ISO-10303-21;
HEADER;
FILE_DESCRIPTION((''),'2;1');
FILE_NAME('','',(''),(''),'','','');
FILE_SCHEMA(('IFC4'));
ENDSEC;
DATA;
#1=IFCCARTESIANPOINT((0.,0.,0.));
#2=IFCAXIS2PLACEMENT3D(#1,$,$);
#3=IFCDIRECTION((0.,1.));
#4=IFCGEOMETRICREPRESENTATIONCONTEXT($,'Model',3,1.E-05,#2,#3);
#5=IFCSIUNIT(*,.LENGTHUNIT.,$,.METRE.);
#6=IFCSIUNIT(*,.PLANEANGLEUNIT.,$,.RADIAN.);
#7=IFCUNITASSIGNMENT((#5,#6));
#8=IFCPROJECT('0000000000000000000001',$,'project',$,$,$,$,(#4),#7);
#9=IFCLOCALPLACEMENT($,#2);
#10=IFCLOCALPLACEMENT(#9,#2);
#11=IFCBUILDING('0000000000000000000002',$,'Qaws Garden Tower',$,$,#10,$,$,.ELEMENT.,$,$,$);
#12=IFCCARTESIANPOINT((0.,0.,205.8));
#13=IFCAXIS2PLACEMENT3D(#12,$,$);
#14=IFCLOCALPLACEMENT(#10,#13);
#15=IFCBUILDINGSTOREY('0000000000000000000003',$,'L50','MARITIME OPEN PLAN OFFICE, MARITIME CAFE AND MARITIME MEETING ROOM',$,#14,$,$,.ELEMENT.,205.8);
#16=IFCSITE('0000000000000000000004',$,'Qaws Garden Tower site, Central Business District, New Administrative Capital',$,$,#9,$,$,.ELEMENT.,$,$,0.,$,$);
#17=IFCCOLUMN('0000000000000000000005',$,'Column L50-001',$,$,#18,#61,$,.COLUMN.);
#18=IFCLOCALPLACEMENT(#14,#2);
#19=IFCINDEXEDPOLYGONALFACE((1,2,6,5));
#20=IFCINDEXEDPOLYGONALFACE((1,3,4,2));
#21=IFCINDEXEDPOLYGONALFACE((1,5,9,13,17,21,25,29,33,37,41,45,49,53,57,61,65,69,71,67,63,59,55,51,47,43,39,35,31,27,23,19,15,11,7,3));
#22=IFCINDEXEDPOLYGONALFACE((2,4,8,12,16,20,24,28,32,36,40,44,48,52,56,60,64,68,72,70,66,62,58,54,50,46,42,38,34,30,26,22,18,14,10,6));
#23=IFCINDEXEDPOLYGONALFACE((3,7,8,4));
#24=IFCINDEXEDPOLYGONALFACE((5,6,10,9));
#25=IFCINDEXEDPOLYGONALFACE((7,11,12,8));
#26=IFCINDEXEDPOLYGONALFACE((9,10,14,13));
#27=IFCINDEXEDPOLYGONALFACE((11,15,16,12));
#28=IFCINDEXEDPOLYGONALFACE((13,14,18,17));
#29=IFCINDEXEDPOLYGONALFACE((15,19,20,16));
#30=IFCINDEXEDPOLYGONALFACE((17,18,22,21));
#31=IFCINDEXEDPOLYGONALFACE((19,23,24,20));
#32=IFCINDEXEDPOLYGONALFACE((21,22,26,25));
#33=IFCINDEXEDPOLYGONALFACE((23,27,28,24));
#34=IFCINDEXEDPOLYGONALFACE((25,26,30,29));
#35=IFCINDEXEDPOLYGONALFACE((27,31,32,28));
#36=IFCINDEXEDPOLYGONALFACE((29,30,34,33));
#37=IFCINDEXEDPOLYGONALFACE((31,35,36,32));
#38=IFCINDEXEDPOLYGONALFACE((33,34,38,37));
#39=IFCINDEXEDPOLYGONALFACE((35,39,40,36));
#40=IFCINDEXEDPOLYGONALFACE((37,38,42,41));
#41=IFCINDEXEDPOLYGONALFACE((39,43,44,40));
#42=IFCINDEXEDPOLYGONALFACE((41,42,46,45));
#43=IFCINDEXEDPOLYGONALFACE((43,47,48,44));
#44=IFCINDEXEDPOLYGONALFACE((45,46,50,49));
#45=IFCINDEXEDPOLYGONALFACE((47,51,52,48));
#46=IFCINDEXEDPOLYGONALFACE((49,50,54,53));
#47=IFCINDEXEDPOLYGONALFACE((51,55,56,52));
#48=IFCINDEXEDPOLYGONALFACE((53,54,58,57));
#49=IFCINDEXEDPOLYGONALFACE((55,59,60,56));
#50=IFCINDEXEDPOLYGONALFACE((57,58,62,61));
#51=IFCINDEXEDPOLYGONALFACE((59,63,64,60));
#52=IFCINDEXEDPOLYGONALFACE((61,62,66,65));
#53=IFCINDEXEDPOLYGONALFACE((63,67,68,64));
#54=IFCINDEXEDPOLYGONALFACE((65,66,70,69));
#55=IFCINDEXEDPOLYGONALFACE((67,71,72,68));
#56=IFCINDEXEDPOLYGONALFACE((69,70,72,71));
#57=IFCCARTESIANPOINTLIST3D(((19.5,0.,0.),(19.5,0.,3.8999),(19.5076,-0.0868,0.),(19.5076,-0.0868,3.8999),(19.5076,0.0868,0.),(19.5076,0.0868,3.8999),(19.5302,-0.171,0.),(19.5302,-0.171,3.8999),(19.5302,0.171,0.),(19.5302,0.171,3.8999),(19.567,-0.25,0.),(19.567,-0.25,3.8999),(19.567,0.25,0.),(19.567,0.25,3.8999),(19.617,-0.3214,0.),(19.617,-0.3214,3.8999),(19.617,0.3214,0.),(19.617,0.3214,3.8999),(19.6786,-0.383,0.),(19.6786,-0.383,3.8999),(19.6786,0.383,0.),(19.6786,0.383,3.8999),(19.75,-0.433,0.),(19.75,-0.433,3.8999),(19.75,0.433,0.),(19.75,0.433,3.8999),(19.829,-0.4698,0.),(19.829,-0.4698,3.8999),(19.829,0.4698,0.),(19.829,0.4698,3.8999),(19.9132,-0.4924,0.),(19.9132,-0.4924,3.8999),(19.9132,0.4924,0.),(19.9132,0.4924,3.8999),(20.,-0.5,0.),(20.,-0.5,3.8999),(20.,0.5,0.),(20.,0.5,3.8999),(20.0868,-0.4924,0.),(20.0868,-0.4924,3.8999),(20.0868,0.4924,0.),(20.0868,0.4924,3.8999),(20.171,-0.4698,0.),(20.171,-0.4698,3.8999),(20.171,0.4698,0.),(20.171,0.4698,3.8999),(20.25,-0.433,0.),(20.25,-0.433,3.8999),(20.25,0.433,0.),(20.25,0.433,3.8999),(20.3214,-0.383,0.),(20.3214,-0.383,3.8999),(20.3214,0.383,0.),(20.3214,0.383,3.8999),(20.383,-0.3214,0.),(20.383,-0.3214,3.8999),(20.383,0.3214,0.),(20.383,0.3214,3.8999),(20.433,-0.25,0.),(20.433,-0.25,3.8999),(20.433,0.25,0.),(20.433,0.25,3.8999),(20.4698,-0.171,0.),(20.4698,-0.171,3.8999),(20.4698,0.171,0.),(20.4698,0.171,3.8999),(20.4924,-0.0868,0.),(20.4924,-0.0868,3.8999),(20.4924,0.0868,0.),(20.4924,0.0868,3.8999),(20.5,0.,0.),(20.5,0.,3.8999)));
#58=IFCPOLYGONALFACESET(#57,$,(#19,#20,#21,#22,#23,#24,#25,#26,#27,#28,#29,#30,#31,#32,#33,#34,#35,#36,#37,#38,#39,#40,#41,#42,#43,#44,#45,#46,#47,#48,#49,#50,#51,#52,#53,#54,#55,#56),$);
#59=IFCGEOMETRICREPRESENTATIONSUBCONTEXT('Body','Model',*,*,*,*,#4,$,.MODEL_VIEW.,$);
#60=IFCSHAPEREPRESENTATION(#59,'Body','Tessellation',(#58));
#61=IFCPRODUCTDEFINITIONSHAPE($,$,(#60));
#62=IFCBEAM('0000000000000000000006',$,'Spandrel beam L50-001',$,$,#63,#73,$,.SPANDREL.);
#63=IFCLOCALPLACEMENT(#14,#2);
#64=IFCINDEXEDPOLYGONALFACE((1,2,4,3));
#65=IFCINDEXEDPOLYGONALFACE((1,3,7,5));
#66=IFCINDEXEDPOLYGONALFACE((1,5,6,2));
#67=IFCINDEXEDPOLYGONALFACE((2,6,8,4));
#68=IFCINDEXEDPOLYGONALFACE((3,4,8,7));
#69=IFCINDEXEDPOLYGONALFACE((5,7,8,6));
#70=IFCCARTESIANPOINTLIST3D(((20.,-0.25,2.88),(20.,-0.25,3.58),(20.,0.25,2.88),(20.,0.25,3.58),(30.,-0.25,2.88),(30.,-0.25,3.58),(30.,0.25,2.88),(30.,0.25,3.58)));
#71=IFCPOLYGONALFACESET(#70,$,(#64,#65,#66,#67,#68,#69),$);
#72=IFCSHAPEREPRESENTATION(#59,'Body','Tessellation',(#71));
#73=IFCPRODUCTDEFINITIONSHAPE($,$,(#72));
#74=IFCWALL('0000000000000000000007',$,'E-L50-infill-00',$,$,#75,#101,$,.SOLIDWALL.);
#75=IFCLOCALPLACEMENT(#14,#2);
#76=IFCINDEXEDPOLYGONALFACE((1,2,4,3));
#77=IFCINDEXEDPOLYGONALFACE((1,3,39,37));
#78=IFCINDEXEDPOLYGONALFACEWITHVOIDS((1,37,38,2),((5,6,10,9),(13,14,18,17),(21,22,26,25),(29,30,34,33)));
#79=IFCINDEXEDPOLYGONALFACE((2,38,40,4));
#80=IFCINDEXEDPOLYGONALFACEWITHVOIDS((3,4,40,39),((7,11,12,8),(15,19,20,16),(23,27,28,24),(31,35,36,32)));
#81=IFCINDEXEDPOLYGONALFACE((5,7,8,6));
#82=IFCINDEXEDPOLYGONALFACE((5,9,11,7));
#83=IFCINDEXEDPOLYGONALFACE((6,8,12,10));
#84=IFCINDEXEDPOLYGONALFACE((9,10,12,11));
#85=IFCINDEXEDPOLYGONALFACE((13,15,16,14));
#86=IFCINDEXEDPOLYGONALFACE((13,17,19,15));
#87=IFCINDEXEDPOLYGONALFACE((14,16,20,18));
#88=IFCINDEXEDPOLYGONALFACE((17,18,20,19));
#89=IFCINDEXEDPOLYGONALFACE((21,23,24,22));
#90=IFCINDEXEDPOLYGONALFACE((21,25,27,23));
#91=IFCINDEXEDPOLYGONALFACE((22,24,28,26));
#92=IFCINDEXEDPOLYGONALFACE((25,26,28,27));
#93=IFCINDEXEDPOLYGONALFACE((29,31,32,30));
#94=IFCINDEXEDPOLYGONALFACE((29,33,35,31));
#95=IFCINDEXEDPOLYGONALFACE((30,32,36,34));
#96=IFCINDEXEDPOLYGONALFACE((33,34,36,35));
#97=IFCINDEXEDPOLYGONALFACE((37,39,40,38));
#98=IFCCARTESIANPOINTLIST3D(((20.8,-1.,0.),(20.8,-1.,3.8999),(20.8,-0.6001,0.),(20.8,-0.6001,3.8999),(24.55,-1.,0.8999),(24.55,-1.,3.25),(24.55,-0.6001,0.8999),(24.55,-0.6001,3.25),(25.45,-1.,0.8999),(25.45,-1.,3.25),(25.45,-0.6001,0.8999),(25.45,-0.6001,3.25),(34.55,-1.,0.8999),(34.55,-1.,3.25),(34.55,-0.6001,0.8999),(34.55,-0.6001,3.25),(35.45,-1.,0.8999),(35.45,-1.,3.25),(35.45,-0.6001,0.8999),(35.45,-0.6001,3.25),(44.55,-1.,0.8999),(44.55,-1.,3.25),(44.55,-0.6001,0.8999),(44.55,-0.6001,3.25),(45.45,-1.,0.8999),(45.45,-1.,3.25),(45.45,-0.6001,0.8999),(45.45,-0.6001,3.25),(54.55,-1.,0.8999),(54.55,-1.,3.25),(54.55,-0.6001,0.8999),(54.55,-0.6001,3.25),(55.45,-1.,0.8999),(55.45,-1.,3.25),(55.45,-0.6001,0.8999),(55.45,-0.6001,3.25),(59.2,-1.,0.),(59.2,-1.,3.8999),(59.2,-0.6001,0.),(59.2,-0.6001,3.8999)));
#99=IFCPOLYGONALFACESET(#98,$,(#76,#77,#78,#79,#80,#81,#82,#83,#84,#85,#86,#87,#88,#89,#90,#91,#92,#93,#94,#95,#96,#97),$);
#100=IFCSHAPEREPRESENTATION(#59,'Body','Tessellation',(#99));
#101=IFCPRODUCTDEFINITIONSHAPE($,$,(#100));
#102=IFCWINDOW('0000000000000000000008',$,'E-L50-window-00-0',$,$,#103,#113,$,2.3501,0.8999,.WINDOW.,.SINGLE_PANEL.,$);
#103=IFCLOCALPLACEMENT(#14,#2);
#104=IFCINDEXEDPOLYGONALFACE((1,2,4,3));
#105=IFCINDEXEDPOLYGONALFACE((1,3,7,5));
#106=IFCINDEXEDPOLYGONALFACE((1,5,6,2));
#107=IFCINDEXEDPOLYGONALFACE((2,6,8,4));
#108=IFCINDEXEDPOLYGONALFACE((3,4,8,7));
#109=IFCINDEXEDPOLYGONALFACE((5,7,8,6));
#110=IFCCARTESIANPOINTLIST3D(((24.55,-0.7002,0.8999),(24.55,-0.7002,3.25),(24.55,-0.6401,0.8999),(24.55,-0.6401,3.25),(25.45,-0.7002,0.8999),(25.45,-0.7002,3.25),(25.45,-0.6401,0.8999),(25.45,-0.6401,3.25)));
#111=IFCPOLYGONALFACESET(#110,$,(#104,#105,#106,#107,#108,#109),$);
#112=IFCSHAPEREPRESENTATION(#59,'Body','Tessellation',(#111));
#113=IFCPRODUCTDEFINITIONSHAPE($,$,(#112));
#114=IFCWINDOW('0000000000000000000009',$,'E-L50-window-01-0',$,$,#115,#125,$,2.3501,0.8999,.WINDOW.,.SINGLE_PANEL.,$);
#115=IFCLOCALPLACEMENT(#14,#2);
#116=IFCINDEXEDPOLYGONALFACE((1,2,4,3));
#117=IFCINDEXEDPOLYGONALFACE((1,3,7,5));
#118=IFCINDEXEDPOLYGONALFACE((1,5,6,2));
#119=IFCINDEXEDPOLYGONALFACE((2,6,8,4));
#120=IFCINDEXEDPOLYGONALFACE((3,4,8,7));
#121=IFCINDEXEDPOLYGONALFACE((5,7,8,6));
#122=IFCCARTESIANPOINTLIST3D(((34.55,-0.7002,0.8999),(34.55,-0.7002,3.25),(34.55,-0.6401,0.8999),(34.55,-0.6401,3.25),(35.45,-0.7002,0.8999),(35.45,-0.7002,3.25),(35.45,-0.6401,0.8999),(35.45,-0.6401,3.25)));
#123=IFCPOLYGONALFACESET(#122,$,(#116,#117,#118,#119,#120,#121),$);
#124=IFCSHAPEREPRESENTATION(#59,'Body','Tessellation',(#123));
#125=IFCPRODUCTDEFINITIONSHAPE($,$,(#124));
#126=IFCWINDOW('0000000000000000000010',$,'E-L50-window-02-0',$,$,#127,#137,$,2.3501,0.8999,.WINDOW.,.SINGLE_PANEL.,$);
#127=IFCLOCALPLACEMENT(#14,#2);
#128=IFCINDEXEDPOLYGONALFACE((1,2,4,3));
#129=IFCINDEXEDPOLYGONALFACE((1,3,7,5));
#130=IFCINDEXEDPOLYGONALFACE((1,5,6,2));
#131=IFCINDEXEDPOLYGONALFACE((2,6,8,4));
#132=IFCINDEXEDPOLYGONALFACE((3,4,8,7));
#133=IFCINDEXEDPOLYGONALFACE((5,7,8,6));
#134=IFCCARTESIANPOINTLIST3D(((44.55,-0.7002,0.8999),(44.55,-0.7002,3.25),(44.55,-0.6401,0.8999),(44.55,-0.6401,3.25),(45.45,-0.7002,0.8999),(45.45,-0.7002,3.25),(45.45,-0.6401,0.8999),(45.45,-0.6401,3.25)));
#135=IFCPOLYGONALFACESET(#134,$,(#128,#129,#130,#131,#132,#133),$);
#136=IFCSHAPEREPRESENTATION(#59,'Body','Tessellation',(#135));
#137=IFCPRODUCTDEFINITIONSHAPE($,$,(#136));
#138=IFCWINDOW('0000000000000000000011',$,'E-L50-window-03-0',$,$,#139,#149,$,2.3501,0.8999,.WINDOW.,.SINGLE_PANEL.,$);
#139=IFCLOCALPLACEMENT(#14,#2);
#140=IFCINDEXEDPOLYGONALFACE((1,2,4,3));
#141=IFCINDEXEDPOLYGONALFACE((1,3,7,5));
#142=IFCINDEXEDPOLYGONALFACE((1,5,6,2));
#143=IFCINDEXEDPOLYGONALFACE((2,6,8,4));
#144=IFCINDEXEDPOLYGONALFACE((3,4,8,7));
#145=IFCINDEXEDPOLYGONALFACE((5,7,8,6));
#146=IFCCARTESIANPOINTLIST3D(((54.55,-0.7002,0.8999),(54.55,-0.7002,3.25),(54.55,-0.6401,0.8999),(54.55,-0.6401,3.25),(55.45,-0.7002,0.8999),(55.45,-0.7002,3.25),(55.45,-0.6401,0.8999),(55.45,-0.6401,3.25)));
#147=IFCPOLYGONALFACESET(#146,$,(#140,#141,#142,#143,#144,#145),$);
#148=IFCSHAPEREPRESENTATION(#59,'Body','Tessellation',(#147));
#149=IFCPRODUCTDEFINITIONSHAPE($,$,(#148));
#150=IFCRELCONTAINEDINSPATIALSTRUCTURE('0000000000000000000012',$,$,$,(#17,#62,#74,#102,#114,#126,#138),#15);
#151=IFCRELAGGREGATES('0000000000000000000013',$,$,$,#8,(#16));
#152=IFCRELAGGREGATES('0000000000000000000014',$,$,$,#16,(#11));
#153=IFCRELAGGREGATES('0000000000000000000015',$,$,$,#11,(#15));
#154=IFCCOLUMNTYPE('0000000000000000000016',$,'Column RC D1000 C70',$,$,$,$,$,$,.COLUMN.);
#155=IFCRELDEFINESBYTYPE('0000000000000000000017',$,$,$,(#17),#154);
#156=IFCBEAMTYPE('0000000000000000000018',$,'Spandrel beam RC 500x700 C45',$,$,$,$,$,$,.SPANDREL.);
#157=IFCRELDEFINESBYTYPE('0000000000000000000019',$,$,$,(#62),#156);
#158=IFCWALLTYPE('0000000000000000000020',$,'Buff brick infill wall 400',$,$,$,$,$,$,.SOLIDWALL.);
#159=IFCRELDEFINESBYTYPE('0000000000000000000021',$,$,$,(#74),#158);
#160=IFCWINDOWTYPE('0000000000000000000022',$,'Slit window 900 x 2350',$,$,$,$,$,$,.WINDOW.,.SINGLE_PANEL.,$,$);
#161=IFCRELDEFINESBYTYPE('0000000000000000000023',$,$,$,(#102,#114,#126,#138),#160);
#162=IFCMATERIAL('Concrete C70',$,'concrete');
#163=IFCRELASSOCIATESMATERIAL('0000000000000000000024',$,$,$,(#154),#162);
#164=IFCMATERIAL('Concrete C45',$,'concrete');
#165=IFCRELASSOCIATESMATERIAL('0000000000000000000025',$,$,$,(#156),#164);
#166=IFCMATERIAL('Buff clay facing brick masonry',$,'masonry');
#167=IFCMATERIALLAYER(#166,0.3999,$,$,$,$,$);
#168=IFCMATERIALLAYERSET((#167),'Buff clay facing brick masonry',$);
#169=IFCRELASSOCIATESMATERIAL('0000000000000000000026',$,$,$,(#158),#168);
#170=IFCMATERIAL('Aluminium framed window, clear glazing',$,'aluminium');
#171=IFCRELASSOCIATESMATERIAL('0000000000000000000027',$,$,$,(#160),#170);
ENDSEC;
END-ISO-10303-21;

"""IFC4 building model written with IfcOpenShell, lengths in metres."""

from ifc_helpers import new_model, si_unit, direction, frame, frame_2d, origin, origin_2d, place, context, subcontext, project, spatial, rectangle, circle, extrude, material, layer, layer_set, material_profile, profile_set, type_object, element, fill, save


model = new_model("IFC4")

# Units and contexts
model_context = context("Model", 3, precision=1e-05, world=origin(), true_north=direction((0.0, 1.0)))
body_context = subcontext(model_context, "Body", "Model", "MODEL_VIEW")
ifc_project = project(units=[si_unit("LENGTHUNIT", "METRE"), si_unit("PLANEANGLEUNIT", "RADIAN")], contexts=[model_context])

# Site, building, storey
site_placement = place(None, origin())
site = spatial("IfcSite", under=ifc_project, at=site_placement, Name="Qaws Garden Tower site, Central Business District, New Administrative Capital", CompositionType="ELEMENT", RefElevation=0.0)
building_placement = place(site_placement, origin())
building = spatial("IfcBuilding", under=site, at=building_placement, Name="Qaws Garden Tower", CompositionType="ELEMENT")
storey_placement = place(building_placement, frame((0.0, 0.0, 205.8)))
storey = spatial("IfcBuildingStorey", under=building, at=storey_placement, Name="L50", Description="MARITIME OPEN PLAN OFFICE, MARITIME CAFE AND MARITIME MEETING ROOM", CompositionType="ELEMENT", Elevation=205.8)

# Column
ifc_material_1 = material(Name="Concrete C70", Category="concrete")
ifc_material_profile_1 = material_profile(ifc_material_1, circle(Radius=0.5, at=origin_2d()), Name="RC D1000")
ifc_profile_set_1 = profile_set([ifc_material_profile_1], Name="Concrete C70")
column_type = type_object("IfcColumnType", Name="Column RC D1000 C70", PredefinedType="COLUMN", material=ifc_profile_set_1)
column_placement = place(storey_placement, frame((20.0, 0.0, 0.0), z_axis=(0.0, 0.0, 1.0), x_axis=(1.0, 0.0, 0.0)))
element("IfcColumn", 1, at=column_placement, inside=storey, type_object=column_type, Name="Column L50-001", PredefinedType="COLUMN", context=body_context, shape_type="SweptSolid", body=[
    extrude(circle(Radius=0.5, at=origin_2d()), origin(), (0.0, 0.0, 1.0), 3.8999),
])

# Beam
ifc_material_2 = material(Name="Concrete C45", Category="concrete")
ifc_material_profile_2 = material_profile(ifc_material_2, rectangle(XDim=0.5, YDim=0.7, at=origin_2d()), Name="RC 500x700")
ifc_profile_set_2 = profile_set([ifc_material_profile_2], Name="Concrete C45")
beam_type = type_object("IfcBeamType", Name="Spandrel beam RC 500x700 C45", PredefinedType="SPANDREL", material=ifc_profile_set_2)
beam_placement = place(storey_placement, frame((20.0, 0.0, 3.23), z_axis=(1.0, 0.0, 0.0), x_axis=(0.0, 1.0, 0.0)))
element("IfcBeam", 2, at=beam_placement, inside=storey, type_object=beam_type, Name="Spandrel beam L50-001", PredefinedType="SPANDREL", context=body_context, shape_type="SweptSolid", body=[
    extrude(rectangle(XDim=0.5, YDim=0.7, at=origin_2d()), origin(), (0.0, 0.0, 1.0), 10.0),
])

# Wall, openings, windows
ifc_material_3 = material(Name="Buff clay facing brick masonry", Category="masonry")
ifc_layer_1 = layer(ifc_material_3, 0.3999)
ifc_layer_set_1 = layer_set([ifc_layer_1], Name="Buff clay facing brick masonry")
wall_type_1 = type_object("IfcWallType", Name="Buff brick infill wall 400", PredefinedType="SOLIDWALL", material=ifc_layer_set_1)
wall_1_placement = place(storey_placement, frame((20.8, -0.8, 0.0), z_axis=(0.0, 0.0, 1.0), x_axis=(1.0, 0.0, 0.0)))
wall_1 = element("IfcWall", 3, at=wall_1_placement, inside=storey, type_object=wall_type_1, Name="E-L50-infill-00", PredefinedType="SOLIDWALL", context=body_context, shape_type="SweptSolid", body=[
    extrude(rectangle(XDim=38.3999, YDim=0.3999, at=frame_2d((19.2, 0.0))), origin(), (0.0, 0.0, 1.0), 3.8999),
])
opening_1_placement = place(wall_1_placement, frame((3.75, 0.0, 0.8999)))
opening_1 = element("IfcOpeningElement", 4, at=opening_1_placement, cuts=wall_1, PredefinedType="OPENING", context=body_context, shape_type="SweptSolid", body=[
    extrude(rectangle(XDim=0.8999, YDim=2.3501, at=frame_2d((0.45, 1.175))), frame((0.0, 0.21, 0.0), z_axis=(0.0, -1.0, 0.0), x_axis=(1.0, 0.0, 0.0)), (0.0, 0.0, 1.0), 0.4199),
])
opening_2_placement = place(wall_1_placement, frame((13.75, 0.0, 0.8999)))
opening_2 = element("IfcOpeningElement", 5, at=opening_2_placement, cuts=wall_1, PredefinedType="OPENING", context=body_context, shape_type="SweptSolid", body=[
    extrude(rectangle(XDim=0.8999, YDim=2.3501, at=frame_2d((0.45, 1.175))), frame((0.0, 0.21, 0.0), z_axis=(0.0, -1.0, 0.0), x_axis=(1.0, 0.0, 0.0)), (0.0, 0.0, 1.0), 0.4199),
])
opening_3_placement = place(wall_1_placement, frame((23.75, 0.0, 0.8999)))
opening_3 = element("IfcOpeningElement", 6, at=opening_3_placement, cuts=wall_1, PredefinedType="OPENING", context=body_context, shape_type="SweptSolid", body=[
    extrude(rectangle(XDim=0.8999, YDim=2.3501, at=frame_2d((0.45, 1.175))), frame((0.0, 0.21, 0.0), z_axis=(0.0, -1.0, 0.0), x_axis=(1.0, 0.0, 0.0)), (0.0, 0.0, 1.0), 0.4199),
])
opening_4_placement = place(wall_1_placement, frame((33.75, 0.0, 0.8999)))
opening_4 = element("IfcOpeningElement", 7, at=opening_4_placement, cuts=wall_1, PredefinedType="OPENING", context=body_context, shape_type="SweptSolid", body=[
    extrude(rectangle(XDim=0.8999, YDim=2.3501, at=frame_2d((0.45, 1.175))), frame((0.0, 0.21, 0.0), z_axis=(0.0, -1.0, 0.0), x_axis=(1.0, 0.0, 0.0)), (0.0, 0.0, 1.0), 0.4199),
])
ifc_material_4 = material(Name="Aluminium framed window, clear glazing", Category="aluminium")
window_type = type_object("IfcWindowType", Name="Slit window 900 x 2350", PartitioningType="SINGLE_PANEL", PredefinedType="WINDOW", material=ifc_material_4)
window_1_placement = place(opening_1_placement, origin())
window_1 = element("IfcWindow", 8, at=window_1_placement, inside=storey, type_object=window_type, Name="E-L50-window-00-0", OverallHeight=2.3501, OverallWidth=0.8999, PartitioningType="SINGLE_PANEL", PredefinedType="WINDOW", context=body_context, shape_type="SweptSolid", body=[
    extrude(rectangle(XDim=0.8999, YDim=2.3501, at=frame_2d((0.45, 1.175))), frame((0.0, 0.1599, 0.0), z_axis=(0.0, -1.0, 0.0), x_axis=(1.0, 0.0, 0.0)), (0.0, 0.0, 1.0), 0.0601),
])
fill(opening_1, window_1)
window_2_placement = place(opening_2_placement, origin())
window_2 = element("IfcWindow", 9, at=window_2_placement, inside=storey, type_object=window_type, Name="E-L50-window-01-0", OverallHeight=2.3501, OverallWidth=0.8999, PartitioningType="SINGLE_PANEL", PredefinedType="WINDOW", context=body_context, shape_type="SweptSolid", body=[
    extrude(rectangle(XDim=0.8999, YDim=2.3501, at=frame_2d((0.45, 1.175))), frame((0.0, 0.1599, 0.0), z_axis=(0.0, -1.0, 0.0), x_axis=(1.0, 0.0, 0.0)), (0.0, 0.0, 1.0), 0.0601),
])
fill(opening_2, window_2)
window_3_placement = place(opening_3_placement, origin())
window_3 = element("IfcWindow", 10, at=window_3_placement, inside=storey, type_object=window_type, Name="E-L50-window-02-0", OverallHeight=2.3501, OverallWidth=0.8999, PartitioningType="SINGLE_PANEL", PredefinedType="WINDOW", context=body_context, shape_type="SweptSolid", body=[
    extrude(rectangle(XDim=0.8999, YDim=2.3501, at=frame_2d((0.45, 1.175))), frame((0.0, 0.1599, 0.0), z_axis=(0.0, -1.0, 0.0), x_axis=(1.0, 0.0, 0.0)), (0.0, 0.0, 1.0), 0.0601),
])
fill(opening_3, window_3)
window_4_placement = place(opening_4_placement, origin())
window_4 = element("IfcWindow", 11, at=window_4_placement, inside=storey, type_object=window_type, Name="E-L50-window-03-0", OverallHeight=2.3501, OverallWidth=0.8999, PartitioningType="SINGLE_PANEL", PredefinedType="WINDOW", context=body_context, shape_type="SweptSolid", body=[
    extrude(rectangle(XDim=0.8999, YDim=2.3501, at=frame_2d((0.45, 1.175))), frame((0.0, 0.1599, 0.0), z_axis=(0.0, -1.0, 0.0), x_axis=(1.0, 0.0, 0.0)), (0.0, 0.0, 1.0), 0.0601),
])
fill(opening_4, window_4)

save(model, "model.ifc")
